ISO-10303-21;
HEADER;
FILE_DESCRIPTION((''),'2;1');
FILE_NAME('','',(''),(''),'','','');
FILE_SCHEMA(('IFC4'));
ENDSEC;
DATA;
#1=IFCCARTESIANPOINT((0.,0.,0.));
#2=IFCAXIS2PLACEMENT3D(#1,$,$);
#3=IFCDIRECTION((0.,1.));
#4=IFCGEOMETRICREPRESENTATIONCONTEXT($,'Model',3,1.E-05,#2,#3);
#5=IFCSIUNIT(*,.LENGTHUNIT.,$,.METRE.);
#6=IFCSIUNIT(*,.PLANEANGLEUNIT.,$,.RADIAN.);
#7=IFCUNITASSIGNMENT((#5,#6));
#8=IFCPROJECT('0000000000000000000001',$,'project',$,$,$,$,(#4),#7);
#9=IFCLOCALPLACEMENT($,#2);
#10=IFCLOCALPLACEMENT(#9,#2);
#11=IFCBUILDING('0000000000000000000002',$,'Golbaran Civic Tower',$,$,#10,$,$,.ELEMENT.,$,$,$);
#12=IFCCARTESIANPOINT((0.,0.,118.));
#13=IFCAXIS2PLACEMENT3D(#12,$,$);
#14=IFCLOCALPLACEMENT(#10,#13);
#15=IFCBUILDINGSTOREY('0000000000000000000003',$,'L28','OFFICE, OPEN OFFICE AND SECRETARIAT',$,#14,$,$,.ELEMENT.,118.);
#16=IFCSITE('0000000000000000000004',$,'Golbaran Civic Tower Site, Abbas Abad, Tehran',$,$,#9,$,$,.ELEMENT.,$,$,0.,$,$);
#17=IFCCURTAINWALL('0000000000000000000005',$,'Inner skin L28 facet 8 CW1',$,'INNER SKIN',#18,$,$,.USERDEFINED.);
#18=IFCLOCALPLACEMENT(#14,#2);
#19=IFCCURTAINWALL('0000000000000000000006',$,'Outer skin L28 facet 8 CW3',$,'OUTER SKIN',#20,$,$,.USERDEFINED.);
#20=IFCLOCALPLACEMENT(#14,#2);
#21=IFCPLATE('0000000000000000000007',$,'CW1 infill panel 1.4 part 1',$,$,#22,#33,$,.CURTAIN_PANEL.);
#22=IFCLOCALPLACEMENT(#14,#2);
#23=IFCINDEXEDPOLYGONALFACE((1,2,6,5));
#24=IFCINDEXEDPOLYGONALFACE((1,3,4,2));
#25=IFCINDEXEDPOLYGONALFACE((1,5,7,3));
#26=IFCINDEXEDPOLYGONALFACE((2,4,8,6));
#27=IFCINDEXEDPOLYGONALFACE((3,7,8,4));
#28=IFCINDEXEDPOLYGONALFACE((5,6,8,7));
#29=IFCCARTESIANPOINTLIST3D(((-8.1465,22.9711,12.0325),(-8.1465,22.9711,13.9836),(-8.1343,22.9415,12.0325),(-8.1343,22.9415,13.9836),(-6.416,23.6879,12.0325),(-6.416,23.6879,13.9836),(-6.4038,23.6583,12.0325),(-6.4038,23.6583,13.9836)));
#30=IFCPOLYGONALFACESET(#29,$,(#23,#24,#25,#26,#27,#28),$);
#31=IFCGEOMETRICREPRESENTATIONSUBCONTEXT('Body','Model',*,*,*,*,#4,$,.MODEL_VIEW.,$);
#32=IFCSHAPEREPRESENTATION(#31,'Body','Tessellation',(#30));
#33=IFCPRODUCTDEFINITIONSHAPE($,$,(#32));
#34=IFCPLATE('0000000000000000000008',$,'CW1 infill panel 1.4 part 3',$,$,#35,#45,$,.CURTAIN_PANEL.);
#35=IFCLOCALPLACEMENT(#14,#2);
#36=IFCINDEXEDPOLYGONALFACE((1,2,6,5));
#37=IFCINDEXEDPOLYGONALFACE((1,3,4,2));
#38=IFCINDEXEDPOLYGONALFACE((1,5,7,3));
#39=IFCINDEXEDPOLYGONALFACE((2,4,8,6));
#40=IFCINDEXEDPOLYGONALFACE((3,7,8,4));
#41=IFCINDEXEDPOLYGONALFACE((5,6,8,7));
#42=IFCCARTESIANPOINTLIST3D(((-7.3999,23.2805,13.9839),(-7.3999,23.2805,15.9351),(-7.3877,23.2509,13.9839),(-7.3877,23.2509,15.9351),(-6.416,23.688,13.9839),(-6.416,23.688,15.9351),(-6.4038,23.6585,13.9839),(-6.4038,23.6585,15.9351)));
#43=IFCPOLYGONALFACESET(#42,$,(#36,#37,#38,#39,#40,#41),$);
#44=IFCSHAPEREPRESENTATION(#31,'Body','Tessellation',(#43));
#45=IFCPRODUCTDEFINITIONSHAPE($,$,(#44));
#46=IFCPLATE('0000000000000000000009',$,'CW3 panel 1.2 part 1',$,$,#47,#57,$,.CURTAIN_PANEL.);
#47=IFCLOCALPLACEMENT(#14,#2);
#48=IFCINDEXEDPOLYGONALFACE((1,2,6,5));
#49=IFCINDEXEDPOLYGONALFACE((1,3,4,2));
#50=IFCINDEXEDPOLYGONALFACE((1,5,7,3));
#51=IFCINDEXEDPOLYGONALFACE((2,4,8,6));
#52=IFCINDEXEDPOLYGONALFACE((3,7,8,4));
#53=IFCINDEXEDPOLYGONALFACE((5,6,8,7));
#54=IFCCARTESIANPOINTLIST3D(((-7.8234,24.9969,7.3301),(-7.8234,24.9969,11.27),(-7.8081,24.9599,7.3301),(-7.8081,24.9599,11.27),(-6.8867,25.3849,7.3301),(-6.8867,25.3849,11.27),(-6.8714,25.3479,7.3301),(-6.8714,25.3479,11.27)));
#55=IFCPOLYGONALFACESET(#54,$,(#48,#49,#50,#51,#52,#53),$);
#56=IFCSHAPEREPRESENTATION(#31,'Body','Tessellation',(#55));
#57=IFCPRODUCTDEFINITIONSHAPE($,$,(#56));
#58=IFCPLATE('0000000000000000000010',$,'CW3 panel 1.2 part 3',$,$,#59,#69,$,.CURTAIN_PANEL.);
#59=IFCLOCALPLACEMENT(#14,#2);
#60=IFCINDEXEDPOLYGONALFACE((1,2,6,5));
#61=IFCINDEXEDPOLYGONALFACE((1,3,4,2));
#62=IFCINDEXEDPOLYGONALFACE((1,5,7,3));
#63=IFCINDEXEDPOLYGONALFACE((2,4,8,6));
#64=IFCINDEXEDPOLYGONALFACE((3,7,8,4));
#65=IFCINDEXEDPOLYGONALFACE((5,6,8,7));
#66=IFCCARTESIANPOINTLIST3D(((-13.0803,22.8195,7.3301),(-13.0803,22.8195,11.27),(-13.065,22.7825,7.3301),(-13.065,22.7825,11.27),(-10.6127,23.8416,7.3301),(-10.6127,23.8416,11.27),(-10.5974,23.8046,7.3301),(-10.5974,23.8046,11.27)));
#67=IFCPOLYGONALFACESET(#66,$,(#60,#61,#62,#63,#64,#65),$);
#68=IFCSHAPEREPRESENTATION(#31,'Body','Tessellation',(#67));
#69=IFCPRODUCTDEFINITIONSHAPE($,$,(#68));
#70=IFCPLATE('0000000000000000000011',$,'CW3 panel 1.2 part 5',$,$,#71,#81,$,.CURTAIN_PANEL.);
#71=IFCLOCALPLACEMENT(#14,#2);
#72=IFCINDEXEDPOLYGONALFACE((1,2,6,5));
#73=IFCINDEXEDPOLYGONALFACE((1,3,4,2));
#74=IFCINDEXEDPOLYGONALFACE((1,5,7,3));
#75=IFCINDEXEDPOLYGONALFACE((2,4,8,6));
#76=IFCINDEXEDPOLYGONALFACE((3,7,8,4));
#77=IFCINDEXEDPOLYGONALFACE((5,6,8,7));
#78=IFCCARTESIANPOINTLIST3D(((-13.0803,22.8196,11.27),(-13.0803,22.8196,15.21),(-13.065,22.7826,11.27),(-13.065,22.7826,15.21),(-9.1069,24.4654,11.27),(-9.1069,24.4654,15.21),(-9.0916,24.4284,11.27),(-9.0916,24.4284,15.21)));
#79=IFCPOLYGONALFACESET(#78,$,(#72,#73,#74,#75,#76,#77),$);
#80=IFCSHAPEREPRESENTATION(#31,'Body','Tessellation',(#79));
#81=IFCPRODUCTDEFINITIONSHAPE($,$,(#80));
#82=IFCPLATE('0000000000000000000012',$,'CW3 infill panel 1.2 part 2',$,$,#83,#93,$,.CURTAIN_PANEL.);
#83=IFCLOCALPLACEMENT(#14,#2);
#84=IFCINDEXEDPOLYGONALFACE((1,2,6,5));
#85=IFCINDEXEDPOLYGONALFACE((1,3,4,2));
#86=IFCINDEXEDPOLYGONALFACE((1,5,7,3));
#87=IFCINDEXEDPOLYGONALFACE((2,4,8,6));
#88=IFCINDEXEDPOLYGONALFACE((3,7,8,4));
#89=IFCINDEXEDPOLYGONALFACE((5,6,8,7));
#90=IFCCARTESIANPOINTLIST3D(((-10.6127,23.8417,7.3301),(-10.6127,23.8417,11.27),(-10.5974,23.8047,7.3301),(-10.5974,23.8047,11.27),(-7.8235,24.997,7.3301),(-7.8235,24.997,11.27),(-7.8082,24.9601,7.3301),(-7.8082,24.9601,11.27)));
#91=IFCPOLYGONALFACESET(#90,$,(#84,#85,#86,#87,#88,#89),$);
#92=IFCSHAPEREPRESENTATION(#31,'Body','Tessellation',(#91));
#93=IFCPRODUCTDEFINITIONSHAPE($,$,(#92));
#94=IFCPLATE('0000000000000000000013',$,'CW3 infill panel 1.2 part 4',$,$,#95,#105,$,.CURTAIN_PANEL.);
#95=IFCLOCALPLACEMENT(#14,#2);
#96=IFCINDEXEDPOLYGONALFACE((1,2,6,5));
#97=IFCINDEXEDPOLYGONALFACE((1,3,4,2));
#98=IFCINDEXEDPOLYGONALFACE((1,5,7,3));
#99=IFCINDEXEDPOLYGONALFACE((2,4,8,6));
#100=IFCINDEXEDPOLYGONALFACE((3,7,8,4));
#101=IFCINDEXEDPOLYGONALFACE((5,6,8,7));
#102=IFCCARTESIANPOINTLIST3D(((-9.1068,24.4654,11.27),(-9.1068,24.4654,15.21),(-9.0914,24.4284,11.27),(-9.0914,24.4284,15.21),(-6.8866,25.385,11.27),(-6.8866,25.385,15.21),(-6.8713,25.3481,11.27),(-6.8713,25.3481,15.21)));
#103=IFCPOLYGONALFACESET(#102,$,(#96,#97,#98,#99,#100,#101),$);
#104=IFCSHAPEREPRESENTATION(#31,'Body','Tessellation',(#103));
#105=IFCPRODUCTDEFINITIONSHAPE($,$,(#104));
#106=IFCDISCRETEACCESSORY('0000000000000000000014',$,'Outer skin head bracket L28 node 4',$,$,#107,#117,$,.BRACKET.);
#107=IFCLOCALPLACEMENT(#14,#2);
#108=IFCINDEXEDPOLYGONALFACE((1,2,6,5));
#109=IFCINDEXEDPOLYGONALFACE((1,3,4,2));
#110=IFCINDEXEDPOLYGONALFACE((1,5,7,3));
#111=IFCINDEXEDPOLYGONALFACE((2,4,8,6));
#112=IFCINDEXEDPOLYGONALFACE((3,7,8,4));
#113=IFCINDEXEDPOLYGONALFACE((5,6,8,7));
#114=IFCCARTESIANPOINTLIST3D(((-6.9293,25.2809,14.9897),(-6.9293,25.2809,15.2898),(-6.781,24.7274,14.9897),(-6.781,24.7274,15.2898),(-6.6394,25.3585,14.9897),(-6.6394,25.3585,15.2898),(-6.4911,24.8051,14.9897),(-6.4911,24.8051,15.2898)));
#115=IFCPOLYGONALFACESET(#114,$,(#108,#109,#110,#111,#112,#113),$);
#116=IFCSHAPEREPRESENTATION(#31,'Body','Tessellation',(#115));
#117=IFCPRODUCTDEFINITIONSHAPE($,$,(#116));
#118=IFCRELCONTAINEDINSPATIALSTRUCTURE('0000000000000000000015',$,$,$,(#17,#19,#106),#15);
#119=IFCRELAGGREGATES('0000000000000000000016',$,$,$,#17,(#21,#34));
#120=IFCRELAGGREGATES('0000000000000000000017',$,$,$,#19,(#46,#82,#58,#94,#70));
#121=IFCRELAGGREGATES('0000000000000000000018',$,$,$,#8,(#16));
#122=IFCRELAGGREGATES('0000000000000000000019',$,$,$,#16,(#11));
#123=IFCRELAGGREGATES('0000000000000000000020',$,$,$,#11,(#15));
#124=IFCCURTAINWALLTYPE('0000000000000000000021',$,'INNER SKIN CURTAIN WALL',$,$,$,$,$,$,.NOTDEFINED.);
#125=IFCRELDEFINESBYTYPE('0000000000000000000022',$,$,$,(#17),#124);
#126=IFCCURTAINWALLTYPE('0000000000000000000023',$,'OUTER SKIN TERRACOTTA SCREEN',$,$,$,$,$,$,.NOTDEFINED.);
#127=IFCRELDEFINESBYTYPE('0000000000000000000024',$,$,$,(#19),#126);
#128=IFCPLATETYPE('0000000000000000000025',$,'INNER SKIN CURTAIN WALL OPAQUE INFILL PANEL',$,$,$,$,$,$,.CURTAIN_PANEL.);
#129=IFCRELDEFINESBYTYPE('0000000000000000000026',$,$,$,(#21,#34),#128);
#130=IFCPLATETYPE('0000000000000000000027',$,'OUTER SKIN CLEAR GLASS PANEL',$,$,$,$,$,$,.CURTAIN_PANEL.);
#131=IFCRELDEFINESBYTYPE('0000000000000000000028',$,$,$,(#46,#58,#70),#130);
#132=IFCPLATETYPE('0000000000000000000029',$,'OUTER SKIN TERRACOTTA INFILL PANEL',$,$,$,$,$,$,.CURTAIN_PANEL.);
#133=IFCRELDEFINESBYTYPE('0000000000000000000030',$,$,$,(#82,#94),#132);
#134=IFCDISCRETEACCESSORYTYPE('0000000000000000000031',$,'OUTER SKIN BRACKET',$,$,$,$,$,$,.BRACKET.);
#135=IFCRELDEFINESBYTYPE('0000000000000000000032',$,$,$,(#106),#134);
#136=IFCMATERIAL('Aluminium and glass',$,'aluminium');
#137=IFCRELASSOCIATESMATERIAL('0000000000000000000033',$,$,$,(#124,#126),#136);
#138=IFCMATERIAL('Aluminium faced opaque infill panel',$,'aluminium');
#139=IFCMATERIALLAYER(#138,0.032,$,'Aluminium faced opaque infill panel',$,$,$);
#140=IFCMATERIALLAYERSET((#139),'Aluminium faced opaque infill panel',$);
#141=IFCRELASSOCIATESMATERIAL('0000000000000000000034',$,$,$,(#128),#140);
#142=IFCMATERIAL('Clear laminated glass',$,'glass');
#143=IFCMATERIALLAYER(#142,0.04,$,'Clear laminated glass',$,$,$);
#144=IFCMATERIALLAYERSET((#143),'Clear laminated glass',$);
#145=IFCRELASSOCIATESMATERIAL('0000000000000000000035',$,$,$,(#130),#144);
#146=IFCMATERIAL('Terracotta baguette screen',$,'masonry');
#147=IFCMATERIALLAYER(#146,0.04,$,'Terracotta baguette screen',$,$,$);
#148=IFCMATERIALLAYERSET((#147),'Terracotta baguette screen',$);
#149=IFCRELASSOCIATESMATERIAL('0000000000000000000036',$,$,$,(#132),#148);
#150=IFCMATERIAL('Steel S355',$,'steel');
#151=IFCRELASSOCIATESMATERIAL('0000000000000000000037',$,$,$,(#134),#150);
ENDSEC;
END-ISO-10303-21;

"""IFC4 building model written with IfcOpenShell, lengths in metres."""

from ifc_helpers import new_model, si_unit, direction, frame, origin, origin_2d, place, context, subcontext, project, spatial, rectangle, extrude, material, layer, layer_set, type_object, element, aggregate, save


model = new_model("IFC4")

# Units and contexts
model_context = context("Model", 3, precision=1e-05, world=origin(), true_north=direction((0.0, 1.0)))
body_context = subcontext(model_context, "Body", "Model", "MODEL_VIEW")
ifc_project = project(units=[si_unit("LENGTHUNIT", "METRE"), si_unit("PLANEANGLEUNIT", "RADIAN")], contexts=[model_context])

# Site, building, storey
site_placement = place(None, origin())
site = spatial("IfcSite", under=ifc_project, at=site_placement, Name="Golbaran Civic Tower Site, Abbas Abad, Tehran", CompositionType="ELEMENT", RefElevation=0.0)
building_placement = place(site_placement, origin())
building = spatial("IfcBuilding", under=site, at=building_placement, Name="Golbaran Civic Tower", CompositionType="ELEMENT")
storey_placement = place(building_placement, frame((0.0, 0.0, 118.0)))
storey = spatial("IfcBuildingStorey", under=building, at=storey_placement, Name="L28", Description="OFFICE, OPEN OFFICE AND SECRETARIAT", CompositionType="ELEMENT", Elevation=118.0)

# Curtain walls
ifc_material_1 = material(Name="Aluminium and glass", Category="aluminium")
curtain_wall_type_1 = type_object("IfcCurtainWallType", Name="INNER SKIN CURTAIN WALL", PredefinedType="NOTDEFINED", material=ifc_material_1)
curtain_wall_1_placement = place(storey_placement, origin())
curtain_wall_1 = element("IfcCurtainWall", 1, at=curtain_wall_1_placement, inside=storey, type_object=curtain_wall_type_1, Name="Inner skin L28 facet 8 CW1", ObjectType="INNER SKIN", PredefinedType="USERDEFINED")
curtain_wall_type_2 = type_object("IfcCurtainWallType", Name="OUTER SKIN TERRACOTTA SCREEN", PredefinedType="NOTDEFINED", material=ifc_material_1)
curtain_wall_2_placement = place(storey_placement, origin())
curtain_wall_2 = element("IfcCurtainWall", 2, at=curtain_wall_2_placement, inside=storey, type_object=curtain_wall_type_2, Name="Outer skin L28 facet 8 CW3", ObjectType="OUTER SKIN", PredefinedType="USERDEFINED")

# Plates
ifc_material_2 = material(Name="Aluminium faced opaque infill panel", Category="aluminium")
ifc_layer_1 = layer(ifc_material_2, 0.032, Name="Aluminium faced opaque infill panel")
ifc_layer_set_1 = layer_set([ifc_layer_1], Name="Aluminium faced opaque infill panel")
plate_type_1 = type_object("IfcPlateType", Name="INNER SKIN CURTAIN WALL OPAQUE INFILL PANEL", PredefinedType="CURTAIN_PANEL", material=ifc_layer_set_1)
plate_1_placement = place(storey_placement, frame((-7.2751, 23.3147, 12.0325), z_axis=(0.0, 0.0, 1.0), x_axis=(-0.92388, -0.382683, 0.0)))
plate_1 = element("IfcPlate", 3, at=plate_1_placement, type_object=plate_type_1, Name="CW1 infill panel 1.4 part 1", PredefinedType="CURTAIN_PANEL", context=body_context, shape_type="SweptSolid", body=[
    extrude(rectangle(XDim=1.873, YDim=0.032, at=origin_2d()), origin(), (0.0, 0.0, 1.0), 1.9512),
])
plate_2_placement = place(storey_placement, frame((-6.9019, 23.4695, 13.9839), z_axis=(0.0, 0.0, 1.0), x_axis=(-0.92388, -0.382683, 0.0)))
plate_2 = element("IfcPlate", 4, at=plate_2_placement, type_object=plate_type_1, Name="CW1 infill panel 1.4 part 3", PredefinedType="CURTAIN_PANEL", context=body_context, shape_type="SweptSolid", body=[
    extrude(rectangle(XDim=1.0649, YDim=0.032, at=origin_2d()), origin(), (0.0, 0.0, 1.0), 1.9512),
])
aggregate(curtain_wall_1, [plate_1, plate_2])
ifc_material_3 = material(Name="Clear laminated glass", Category="glass")
ifc_layer_2 = layer(ifc_material_3, 0.04, Name="Clear laminated glass")
ifc_layer_set_2 = layer_set([ifc_layer_2], Name="Clear laminated glass")
plate_type_2 = type_object("IfcPlateType", Name="OUTER SKIN CLEAR GLASS PANEL", PredefinedType="CURTAIN_PANEL", material=ifc_layer_set_2)
plate_3_placement = place(storey_placement, frame((-7.3474, 25.1724, 7.3301), z_axis=(0.0, 0.0, 1.0), x_axis=(-0.92388, -0.382683, 0.0)))
plate_3 = element("IfcPlate", 5, at=plate_3_placement, type_object=plate_type_2, Name="CW3 panel 1.2 part 1", PredefinedType="CURTAIN_PANEL", context=body_context, shape_type="SweptSolid", body=[
    extrude(rectangle(XDim=1.0139, YDim=0.04, at=origin_2d()), origin(), (0.0, 0.0, 1.0), 3.9399),
])
plate_4_placement = place(storey_placement, frame((-11.8389, 23.312, 7.3301), z_axis=(0.0, 0.0, 1.0), x_axis=(-0.92388, -0.382683, 0.0)))
plate_4 = element("IfcPlate", 6, at=plate_4_placement, type_object=plate_type_2, Name="CW3 panel 1.2 part 3", PredefinedType="CURTAIN_PANEL", context=body_context, shape_type="SweptSolid", body=[
    extrude(rectangle(XDim=2.6709, YDim=0.04, at=origin_2d()), origin(), (0.0, 0.0, 1.0), 3.9399),
])
plate_5_placement = place(storey_placement, frame((-11.0859, 23.624, 11.27), z_axis=(0.0, 0.0, 1.0), x_axis=(-0.92388, -0.382683, 0.0)))
plate_5 = element("IfcPlate", 7, at=plate_5_placement, type_object=plate_type_2, Name="CW3 panel 1.2 part 5", PredefinedType="CURTAIN_PANEL", context=body_context, shape_type="SweptSolid", body=[
    extrude(rectangle(XDim=4.3008, YDim=0.04, at=origin_2d()), origin(), (0.0, 0.0, 1.0), 3.9399),
])
ifc_material_4 = material(Name="Terracotta baguette screen", Category="masonry")
ifc_layer_3 = layer(ifc_material_4, 0.04, Name="Terracotta baguette screen")
ifc_layer_set_3 = layer_set([ifc_layer_3], Name="Terracotta baguette screen")
plate_type_3 = type_object("IfcPlateType", Name="OUTER SKIN TERRACOTTA INFILL PANEL", PredefinedType="CURTAIN_PANEL", material=ifc_layer_set_3)
plate_6_placement = place(storey_placement, frame((-9.2104, 24.4009, 7.3301), z_axis=(0.0, 0.0, 1.0), x_axis=(-0.92388, -0.382683, 0.0)))
plate_6 = element("IfcPlate", 8, at=plate_6_placement, type_object=plate_type_3, Name="CW3 infill panel 1.2 part 2", PredefinedType="CURTAIN_PANEL", context=body_context, shape_type="SweptSolid", body=[
    extrude(rectangle(XDim=3.019, YDim=0.04, at=origin_2d()), origin(), (0.0, 0.0, 1.0), 3.9399),
])
plate_7_placement = place(storey_placement, frame((-7.989, 24.9067, 11.27), z_axis=(0.0, 0.0, 1.0), x_axis=(-0.92388, -0.382683, 0.0)))
plate_7 = element("IfcPlate", 9, at=plate_7_placement, type_object=plate_type_3, Name="CW3 infill panel 1.2 part 4", PredefinedType="CURTAIN_PANEL", context=body_context, shape_type="SweptSolid", body=[
    extrude(rectangle(XDim=2.4031, YDim=0.04, at=origin_2d()), origin(), (0.0, 0.0, 1.0), 3.9399),
])
aggregate(curtain_wall_2, [plate_3, plate_6, plate_4, plate_7, plate_5])

# Discrete accessory
ifc_material_5 = material(Name="Steel S355", Category="steel")
discrete_accessory_type = type_object("IfcDiscreteAccessoryType", Name="OUTER SKIN BRACKET", PredefinedType="BRACKET", material=ifc_material_5)
discrete_accessory_placement = place(storey_placement, frame((-6.7102, 25.043, 14.9897), z_axis=(0.0, 0.0, 1.0), x_axis=(-0.258819, 0.965926, 0.0)))
element("IfcDiscreteAccessory", 10, at=discrete_accessory_placement, inside=storey, type_object=discrete_accessory_type, Name="Outer skin head bracket L28 node 4", PredefinedType="BRACKET", context=body_context, shape_type="SweptSolid", body=[
    extrude(rectangle(XDim=0.573, YDim=0.3, at=origin_2d()), origin(), (0.0, 0.0, 1.0), 0.3),
])

save(model, "model.ifc")
